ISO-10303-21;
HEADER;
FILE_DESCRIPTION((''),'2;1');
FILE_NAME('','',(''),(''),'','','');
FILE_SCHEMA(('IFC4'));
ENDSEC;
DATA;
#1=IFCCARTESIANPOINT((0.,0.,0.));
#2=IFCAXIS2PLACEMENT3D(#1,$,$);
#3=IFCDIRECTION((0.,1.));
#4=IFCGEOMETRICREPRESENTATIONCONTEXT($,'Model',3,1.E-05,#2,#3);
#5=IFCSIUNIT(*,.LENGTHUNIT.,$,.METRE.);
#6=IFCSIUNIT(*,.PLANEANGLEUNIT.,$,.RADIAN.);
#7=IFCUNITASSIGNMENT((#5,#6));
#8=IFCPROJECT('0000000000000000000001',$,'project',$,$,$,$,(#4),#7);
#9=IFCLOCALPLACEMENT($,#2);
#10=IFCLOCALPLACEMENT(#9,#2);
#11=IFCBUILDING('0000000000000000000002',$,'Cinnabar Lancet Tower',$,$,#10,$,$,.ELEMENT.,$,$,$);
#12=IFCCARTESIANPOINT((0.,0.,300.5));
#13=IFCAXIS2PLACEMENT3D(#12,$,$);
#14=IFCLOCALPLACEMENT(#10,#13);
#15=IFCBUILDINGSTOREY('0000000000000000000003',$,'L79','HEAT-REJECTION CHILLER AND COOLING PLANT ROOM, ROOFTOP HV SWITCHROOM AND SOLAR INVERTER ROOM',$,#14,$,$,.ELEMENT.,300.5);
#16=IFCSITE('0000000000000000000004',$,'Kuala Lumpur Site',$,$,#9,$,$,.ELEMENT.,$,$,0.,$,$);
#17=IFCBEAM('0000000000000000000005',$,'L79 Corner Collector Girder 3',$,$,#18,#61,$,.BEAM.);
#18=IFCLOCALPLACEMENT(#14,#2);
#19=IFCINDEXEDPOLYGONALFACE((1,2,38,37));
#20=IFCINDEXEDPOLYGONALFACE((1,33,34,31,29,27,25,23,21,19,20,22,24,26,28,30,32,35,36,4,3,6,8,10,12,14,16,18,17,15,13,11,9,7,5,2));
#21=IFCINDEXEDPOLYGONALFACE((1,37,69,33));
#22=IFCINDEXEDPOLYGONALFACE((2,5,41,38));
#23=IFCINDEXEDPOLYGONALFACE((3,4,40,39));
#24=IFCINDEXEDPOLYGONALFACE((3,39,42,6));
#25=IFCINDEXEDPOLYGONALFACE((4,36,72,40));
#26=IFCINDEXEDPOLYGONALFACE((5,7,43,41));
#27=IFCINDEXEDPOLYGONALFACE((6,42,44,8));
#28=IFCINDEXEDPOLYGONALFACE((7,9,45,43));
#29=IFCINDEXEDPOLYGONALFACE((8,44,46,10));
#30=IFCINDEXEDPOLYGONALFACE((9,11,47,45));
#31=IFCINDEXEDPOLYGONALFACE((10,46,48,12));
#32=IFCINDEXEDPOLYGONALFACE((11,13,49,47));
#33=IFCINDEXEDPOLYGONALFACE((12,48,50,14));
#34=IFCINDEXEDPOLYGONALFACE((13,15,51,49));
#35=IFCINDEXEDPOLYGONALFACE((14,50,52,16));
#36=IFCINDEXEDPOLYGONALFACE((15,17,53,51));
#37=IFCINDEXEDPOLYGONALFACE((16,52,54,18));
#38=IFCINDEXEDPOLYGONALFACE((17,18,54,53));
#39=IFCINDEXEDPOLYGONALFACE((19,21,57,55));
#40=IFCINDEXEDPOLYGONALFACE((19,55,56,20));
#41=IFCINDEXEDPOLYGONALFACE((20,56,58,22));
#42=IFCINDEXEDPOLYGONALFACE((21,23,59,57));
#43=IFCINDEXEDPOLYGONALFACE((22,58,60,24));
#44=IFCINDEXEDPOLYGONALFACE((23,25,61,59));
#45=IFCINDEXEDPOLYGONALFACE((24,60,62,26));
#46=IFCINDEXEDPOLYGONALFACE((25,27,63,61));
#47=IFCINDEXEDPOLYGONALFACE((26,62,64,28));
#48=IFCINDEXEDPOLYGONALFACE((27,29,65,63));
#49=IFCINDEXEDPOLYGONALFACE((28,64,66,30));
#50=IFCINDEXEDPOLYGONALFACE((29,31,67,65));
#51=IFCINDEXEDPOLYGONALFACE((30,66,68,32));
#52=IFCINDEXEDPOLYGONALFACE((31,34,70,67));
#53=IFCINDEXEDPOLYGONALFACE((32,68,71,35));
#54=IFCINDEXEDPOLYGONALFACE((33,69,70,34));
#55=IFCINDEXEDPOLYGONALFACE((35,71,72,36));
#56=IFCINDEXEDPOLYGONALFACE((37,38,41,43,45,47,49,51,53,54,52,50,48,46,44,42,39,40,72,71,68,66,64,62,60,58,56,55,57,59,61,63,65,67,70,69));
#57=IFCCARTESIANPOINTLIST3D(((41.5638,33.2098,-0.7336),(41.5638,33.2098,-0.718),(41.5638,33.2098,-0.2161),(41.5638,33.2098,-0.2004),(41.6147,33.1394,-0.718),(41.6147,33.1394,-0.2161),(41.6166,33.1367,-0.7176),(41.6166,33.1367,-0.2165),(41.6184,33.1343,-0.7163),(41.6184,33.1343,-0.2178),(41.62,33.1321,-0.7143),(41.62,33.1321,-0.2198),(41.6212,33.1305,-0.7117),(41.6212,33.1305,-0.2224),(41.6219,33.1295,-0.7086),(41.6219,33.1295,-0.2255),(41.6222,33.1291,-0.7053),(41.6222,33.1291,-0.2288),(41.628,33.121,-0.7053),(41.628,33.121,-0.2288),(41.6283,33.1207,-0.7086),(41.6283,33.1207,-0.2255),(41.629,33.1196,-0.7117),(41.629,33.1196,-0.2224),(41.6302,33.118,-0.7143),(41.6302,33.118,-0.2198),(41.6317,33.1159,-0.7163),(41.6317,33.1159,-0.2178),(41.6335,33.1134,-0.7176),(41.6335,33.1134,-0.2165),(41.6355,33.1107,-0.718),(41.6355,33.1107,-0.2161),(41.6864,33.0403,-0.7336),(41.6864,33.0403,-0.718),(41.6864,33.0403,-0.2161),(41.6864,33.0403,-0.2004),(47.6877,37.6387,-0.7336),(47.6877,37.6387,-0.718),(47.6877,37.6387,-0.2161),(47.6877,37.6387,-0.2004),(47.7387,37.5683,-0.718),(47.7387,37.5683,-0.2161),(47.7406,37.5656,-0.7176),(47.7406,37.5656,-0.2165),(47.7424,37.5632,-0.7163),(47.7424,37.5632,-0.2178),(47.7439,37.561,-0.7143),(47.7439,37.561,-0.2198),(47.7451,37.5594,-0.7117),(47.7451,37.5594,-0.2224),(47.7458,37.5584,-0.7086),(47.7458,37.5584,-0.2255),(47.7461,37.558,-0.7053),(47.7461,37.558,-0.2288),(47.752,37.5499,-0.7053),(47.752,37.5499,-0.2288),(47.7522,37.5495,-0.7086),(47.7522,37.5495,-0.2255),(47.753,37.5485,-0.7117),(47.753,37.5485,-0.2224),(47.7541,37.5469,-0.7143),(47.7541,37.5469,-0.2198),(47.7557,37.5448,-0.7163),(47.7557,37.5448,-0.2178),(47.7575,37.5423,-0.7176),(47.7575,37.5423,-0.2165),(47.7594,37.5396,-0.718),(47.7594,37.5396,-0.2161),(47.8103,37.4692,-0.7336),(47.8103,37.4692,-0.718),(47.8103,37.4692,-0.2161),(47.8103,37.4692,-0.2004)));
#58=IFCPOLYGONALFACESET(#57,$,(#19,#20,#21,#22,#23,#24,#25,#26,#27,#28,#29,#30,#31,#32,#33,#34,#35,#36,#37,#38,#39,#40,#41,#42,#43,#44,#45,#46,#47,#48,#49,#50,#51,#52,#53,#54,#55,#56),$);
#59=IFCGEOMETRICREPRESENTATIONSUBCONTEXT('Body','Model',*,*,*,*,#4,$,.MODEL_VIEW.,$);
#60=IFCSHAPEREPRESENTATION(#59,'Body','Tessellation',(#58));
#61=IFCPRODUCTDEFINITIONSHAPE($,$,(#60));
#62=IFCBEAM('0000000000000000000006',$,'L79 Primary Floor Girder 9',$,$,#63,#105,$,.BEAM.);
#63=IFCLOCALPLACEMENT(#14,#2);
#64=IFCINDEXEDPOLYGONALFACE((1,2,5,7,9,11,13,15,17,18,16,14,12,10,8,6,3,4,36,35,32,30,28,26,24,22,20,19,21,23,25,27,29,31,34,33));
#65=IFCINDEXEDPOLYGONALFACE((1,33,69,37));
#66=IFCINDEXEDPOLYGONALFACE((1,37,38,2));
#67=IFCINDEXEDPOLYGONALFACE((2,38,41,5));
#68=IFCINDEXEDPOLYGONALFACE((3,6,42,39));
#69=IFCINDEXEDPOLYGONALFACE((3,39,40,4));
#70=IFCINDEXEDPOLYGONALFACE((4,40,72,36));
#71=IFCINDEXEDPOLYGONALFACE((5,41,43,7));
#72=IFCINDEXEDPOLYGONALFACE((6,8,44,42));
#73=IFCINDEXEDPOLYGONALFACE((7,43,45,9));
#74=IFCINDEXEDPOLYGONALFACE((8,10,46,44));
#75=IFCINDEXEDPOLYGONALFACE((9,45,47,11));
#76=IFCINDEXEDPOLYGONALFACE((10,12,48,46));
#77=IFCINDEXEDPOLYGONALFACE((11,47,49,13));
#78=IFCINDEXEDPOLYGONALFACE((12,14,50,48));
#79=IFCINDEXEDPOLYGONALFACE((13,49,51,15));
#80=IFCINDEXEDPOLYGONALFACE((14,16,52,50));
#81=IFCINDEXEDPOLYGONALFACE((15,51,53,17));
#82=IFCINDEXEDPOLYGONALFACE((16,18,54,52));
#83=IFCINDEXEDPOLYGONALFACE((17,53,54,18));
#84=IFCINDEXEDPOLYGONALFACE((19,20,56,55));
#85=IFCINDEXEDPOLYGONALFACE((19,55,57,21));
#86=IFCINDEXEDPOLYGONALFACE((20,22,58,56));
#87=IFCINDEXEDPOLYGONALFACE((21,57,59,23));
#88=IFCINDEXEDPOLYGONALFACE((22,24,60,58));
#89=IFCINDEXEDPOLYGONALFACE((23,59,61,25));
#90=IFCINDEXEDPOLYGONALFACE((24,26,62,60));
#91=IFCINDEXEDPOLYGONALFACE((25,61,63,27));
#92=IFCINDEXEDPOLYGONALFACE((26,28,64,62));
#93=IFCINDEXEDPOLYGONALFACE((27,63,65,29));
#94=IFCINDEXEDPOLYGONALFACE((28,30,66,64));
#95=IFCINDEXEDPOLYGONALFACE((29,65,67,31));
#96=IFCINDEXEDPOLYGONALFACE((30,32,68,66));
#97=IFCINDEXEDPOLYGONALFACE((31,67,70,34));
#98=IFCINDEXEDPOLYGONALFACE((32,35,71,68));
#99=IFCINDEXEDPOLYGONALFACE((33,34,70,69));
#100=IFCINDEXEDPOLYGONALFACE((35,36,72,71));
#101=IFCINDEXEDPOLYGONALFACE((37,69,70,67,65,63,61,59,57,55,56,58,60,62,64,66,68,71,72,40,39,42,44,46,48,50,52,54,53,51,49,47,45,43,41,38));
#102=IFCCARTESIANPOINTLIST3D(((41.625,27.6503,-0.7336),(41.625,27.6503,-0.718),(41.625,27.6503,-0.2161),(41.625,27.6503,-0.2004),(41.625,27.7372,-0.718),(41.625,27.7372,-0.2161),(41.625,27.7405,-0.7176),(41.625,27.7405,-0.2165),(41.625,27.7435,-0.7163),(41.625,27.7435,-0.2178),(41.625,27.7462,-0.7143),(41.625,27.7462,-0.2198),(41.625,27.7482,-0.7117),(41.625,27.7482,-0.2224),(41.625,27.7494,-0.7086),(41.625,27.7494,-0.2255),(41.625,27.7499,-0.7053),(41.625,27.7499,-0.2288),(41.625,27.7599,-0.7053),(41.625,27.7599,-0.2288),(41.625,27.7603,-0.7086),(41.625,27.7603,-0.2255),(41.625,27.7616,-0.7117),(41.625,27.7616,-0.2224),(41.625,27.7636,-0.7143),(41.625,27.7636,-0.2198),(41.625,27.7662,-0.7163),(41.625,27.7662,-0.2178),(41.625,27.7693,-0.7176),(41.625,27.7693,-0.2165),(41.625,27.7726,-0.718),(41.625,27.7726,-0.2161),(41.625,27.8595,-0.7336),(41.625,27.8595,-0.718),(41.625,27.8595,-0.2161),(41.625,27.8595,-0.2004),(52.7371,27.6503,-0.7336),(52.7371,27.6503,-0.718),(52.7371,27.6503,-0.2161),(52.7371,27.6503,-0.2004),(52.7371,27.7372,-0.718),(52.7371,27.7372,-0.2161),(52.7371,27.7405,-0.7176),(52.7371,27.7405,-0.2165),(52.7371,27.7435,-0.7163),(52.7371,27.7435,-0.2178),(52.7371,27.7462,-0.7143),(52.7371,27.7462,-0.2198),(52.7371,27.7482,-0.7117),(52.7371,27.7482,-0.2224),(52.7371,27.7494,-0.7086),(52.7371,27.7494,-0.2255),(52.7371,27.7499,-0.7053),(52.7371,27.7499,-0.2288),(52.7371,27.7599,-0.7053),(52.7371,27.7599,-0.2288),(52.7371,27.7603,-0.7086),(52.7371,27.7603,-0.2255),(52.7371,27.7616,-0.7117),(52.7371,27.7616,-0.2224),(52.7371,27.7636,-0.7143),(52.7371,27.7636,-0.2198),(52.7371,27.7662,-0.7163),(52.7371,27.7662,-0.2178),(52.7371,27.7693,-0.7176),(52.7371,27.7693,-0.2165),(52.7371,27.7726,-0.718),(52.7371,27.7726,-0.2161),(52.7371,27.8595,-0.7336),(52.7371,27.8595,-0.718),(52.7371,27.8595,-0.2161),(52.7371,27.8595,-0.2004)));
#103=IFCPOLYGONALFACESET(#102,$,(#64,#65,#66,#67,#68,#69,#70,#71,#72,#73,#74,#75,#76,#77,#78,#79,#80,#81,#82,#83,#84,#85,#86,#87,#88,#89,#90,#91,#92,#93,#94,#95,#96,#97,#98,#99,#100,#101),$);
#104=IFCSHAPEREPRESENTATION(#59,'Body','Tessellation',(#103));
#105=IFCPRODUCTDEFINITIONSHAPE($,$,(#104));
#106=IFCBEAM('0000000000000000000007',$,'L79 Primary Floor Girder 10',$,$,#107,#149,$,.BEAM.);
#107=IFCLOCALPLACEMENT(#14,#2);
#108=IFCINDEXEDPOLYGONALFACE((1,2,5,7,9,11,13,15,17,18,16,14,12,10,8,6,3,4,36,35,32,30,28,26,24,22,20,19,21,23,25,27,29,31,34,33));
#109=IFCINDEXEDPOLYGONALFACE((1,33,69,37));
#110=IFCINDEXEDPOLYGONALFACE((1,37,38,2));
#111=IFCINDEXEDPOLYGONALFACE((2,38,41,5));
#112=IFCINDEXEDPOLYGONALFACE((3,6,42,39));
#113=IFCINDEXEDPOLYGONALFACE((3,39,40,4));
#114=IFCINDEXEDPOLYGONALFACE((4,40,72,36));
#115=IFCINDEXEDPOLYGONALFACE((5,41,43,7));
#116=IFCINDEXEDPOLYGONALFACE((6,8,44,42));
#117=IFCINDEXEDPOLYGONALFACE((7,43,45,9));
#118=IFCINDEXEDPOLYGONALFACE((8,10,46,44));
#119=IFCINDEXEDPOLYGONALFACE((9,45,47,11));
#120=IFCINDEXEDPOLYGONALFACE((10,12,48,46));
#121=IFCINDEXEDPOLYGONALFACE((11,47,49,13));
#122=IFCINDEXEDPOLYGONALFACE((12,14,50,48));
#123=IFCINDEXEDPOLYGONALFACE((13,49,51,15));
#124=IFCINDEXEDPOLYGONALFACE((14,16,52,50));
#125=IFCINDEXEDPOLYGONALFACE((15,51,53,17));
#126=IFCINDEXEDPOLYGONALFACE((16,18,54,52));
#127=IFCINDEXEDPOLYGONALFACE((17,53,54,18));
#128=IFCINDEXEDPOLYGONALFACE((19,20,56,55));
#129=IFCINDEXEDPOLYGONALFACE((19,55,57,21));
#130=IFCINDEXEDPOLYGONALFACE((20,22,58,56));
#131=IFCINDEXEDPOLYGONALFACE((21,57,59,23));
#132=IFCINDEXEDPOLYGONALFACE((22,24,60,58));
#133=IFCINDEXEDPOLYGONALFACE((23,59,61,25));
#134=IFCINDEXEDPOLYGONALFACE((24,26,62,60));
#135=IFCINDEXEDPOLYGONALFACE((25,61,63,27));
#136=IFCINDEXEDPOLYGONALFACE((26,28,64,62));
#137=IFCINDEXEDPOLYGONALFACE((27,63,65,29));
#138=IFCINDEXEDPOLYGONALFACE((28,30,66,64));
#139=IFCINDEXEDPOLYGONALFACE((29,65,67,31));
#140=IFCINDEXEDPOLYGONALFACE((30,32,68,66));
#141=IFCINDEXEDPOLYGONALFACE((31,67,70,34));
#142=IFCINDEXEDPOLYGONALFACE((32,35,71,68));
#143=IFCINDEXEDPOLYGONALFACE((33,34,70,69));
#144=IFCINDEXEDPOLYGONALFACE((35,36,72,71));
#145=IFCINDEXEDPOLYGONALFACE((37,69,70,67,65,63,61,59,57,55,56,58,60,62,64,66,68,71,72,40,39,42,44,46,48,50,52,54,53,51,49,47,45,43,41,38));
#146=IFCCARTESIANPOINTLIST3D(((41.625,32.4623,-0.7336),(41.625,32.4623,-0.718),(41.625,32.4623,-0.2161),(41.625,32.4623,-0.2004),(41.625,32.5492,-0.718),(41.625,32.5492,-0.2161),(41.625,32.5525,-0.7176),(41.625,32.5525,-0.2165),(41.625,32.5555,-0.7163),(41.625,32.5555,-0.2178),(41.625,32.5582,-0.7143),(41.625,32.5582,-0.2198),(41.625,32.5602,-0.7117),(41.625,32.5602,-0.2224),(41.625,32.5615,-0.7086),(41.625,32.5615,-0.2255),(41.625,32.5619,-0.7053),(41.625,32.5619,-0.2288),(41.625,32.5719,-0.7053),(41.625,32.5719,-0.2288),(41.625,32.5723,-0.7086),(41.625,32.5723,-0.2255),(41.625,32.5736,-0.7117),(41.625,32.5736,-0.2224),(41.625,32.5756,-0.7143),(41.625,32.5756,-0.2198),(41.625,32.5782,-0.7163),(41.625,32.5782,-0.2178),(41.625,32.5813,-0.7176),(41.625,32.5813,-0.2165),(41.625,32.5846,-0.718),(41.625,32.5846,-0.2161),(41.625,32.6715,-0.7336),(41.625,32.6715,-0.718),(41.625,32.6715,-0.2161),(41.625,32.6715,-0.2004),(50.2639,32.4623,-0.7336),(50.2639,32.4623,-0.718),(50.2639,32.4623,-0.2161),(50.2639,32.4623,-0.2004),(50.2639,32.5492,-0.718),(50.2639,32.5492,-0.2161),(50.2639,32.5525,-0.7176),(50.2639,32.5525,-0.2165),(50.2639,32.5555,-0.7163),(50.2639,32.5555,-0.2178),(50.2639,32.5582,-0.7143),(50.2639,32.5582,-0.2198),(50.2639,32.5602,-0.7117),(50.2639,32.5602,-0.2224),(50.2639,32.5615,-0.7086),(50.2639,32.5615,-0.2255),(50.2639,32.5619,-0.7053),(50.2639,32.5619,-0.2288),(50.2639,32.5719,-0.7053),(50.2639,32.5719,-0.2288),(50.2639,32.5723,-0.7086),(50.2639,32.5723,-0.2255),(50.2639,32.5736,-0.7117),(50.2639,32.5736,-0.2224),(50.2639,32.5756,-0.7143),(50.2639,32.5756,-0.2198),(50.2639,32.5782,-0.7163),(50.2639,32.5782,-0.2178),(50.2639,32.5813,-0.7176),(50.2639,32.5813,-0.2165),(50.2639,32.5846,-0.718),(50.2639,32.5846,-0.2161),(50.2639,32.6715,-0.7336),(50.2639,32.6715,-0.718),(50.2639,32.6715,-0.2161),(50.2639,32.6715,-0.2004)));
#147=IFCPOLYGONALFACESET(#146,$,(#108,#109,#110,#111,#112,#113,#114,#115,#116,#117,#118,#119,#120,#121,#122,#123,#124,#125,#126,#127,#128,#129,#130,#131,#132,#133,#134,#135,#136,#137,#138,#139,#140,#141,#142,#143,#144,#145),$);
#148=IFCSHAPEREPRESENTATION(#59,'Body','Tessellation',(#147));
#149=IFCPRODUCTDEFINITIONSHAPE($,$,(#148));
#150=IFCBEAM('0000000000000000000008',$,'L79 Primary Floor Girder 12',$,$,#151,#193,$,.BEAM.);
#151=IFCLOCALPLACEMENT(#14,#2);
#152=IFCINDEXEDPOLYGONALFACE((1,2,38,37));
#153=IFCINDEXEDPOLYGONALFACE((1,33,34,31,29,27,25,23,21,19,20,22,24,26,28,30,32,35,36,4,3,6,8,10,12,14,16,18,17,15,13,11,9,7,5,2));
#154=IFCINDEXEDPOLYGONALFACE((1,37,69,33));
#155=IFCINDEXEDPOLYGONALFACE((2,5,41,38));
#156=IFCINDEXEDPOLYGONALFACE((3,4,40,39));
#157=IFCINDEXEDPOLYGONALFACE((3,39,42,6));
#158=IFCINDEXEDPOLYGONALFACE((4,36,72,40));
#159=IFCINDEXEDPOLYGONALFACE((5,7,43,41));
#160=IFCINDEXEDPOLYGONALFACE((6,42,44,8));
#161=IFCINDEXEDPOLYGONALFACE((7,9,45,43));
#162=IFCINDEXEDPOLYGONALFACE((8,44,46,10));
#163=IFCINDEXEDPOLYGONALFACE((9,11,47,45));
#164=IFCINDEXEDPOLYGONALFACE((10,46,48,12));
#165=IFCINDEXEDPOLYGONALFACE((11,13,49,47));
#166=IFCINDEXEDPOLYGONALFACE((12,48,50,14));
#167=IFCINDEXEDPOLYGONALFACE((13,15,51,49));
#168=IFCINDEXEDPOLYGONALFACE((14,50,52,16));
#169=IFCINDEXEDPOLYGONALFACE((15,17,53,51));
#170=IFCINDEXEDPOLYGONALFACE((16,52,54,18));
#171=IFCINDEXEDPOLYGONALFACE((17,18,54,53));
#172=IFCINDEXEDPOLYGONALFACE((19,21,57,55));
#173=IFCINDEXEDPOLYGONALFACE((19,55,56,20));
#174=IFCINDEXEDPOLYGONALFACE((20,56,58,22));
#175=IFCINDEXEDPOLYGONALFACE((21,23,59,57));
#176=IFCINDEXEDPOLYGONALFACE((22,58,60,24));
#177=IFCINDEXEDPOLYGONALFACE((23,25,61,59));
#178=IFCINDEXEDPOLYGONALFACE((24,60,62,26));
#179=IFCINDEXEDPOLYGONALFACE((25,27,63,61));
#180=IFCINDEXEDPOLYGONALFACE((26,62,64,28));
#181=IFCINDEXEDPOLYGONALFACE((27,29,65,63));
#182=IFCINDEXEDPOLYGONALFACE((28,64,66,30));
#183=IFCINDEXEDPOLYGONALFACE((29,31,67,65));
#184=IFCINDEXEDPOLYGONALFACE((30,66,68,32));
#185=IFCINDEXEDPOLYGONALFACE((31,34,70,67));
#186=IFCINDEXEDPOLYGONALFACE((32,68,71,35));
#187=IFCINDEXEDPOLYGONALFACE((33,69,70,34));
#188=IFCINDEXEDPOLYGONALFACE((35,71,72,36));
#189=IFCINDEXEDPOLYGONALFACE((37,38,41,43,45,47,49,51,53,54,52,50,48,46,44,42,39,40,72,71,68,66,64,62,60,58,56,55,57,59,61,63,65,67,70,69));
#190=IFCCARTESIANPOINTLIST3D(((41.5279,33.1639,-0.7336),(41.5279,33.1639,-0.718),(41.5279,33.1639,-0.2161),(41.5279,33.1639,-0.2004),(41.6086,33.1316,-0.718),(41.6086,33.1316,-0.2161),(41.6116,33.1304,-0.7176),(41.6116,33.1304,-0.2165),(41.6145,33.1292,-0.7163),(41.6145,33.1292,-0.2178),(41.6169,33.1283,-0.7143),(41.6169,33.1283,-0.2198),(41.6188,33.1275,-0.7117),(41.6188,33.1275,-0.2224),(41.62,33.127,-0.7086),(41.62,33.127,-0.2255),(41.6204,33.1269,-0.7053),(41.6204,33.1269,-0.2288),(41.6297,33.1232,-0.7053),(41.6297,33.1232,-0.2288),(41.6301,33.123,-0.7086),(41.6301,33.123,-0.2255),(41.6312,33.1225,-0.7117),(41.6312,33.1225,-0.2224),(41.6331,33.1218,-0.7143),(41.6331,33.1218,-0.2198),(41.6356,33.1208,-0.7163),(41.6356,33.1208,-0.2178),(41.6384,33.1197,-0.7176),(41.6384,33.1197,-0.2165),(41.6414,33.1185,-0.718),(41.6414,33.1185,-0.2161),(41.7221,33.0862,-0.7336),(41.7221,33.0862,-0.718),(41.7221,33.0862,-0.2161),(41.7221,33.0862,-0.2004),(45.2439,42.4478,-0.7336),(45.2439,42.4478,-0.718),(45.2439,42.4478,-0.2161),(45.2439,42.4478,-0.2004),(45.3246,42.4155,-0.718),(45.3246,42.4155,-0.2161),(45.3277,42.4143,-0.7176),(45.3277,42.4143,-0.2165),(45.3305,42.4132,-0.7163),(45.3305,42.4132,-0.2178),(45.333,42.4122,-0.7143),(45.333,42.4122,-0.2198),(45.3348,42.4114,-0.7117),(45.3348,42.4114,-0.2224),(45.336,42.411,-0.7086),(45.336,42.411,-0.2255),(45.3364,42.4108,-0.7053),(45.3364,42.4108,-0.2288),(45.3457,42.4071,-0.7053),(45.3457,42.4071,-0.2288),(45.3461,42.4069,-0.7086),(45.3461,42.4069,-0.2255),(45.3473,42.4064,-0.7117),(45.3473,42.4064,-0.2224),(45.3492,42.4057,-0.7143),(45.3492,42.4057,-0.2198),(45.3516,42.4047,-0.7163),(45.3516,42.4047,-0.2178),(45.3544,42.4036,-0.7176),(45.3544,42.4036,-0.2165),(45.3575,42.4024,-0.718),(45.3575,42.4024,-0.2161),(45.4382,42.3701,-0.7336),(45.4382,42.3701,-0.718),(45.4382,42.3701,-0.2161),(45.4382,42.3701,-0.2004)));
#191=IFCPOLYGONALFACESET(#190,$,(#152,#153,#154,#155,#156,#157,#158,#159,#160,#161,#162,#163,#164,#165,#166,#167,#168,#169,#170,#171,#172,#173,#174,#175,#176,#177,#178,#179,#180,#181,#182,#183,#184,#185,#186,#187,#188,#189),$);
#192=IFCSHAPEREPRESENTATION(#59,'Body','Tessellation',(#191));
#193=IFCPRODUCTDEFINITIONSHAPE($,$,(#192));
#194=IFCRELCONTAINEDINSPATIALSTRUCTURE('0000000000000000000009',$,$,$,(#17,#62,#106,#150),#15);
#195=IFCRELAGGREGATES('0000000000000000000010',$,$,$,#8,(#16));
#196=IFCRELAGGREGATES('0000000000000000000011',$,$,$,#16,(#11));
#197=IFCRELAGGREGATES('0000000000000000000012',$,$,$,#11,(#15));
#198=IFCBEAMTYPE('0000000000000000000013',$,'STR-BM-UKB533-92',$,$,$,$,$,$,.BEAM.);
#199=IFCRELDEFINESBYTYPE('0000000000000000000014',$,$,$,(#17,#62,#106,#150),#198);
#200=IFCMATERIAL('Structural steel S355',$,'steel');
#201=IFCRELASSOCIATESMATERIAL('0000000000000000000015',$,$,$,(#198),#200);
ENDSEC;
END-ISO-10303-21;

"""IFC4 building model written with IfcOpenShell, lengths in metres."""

from ifc_helpers import new_model, si_unit, direction, frame, origin, origin_2d, place, context, subcontext, project, spatial, i_section, extrude, material, material_profile, profile_set, type_object, element, save


model = new_model("IFC4")

# Units and contexts
model_context = context("Model", 3, precision=1e-05, world=origin(), true_north=direction((0.0, 1.0)))
body_context = subcontext(model_context, "Body", "Model", "MODEL_VIEW")
ifc_project = project(units=[si_unit("LENGTHUNIT", "METRE"), si_unit("PLANEANGLEUNIT", "RADIAN")], contexts=[model_context])

# Site, building, storey
site_placement = place(None, origin())
site = spatial("IfcSite", under=ifc_project, at=site_placement, Name="Kuala Lumpur Site", CompositionType="ELEMENT", RefElevation=0.0)
building_placement = place(site_placement, origin())
building = spatial("IfcBuilding", under=site, at=building_placement, Name="Cinnabar Lancet Tower", CompositionType="ELEMENT")
storey_placement = place(building_placement, frame((0.0, 0.0, 300.5)))
storey = spatial("IfcBuildingStorey", under=building, at=storey_placement, Name="L79", Description="HEAT-REJECTION CHILLER AND COOLING PLANT ROOM, ROOFTOP HV SWITCHROOM AND SOLAR INVERTER ROOM", CompositionType="ELEMENT", Elevation=300.5)

# Beams
ifc_material_1 = material(Name="Structural steel S355", Category="steel")
ifc_material_profile_1 = material_profile(ifc_material_1, i_section(OverallWidth=0.2092, OverallDepth=0.5332, WebThickness=0.01, FlangeThickness=0.0156, FilletRadius=0.0127, at=origin_2d()), Name="UKB 533x210x92")
ifc_profile_set_1 = profile_set([ifc_material_profile_1], Name="Structural steel S355")
beam_type_1 = type_object("IfcBeamType", Name="STR-BM-UKB533-92", PredefinedType="BEAM", material=ifc_profile_set_1)
beam_1_placement = place(storey_placement, frame((47.749, 37.554, -0.467), z_axis=(-0.810299, -0.586016, 0.0), x_axis=(0.586016, -0.810299, 0.0)))
element("IfcBeam", 1, at=beam_1_placement, inside=storey, type_object=beam_type_1, Name="L79 Corner Collector Girder 3", PredefinedType="BEAM", context=body_context, shape_type="SweptSolid", body=[
    extrude(i_section(OverallWidth=0.2092, OverallDepth=0.5332, WebThickness=0.01, FlangeThickness=0.0156, FilletRadius=0.0127, at=origin_2d()), origin(), (0.0, 0.0, 1.0), 7.5576),
])
beam_2_placement = place(storey_placement, frame((52.7371, 27.7549, -0.467), z_axis=(-1.0, 0.0, 0.0), x_axis=(0.0, -1.0, 0.0)))
element("IfcBeam", 2, at=beam_2_placement, inside=storey, type_object=beam_type_1, Name="L79 Primary Floor Girder 9", PredefinedType="BEAM", context=body_context, shape_type="SweptSolid", body=[
    extrude(i_section(OverallWidth=0.2092, OverallDepth=0.5332, WebThickness=0.01, FlangeThickness=0.0156, FilletRadius=0.0127, at=origin_2d()), origin(), (0.0, 0.0, 1.0), 11.1121),
])
beam_3_placement = place(storey_placement, frame((50.2639, 32.5669, -0.467), z_axis=(-1.0, 0.0, 0.0), x_axis=(0.0, -1.0, 0.0)))
element("IfcBeam", 3, at=beam_3_placement, inside=storey, type_object=beam_type_1, Name="L79 Primary Floor Girder 10", PredefinedType="BEAM", context=body_context, shape_type="SweptSolid", body=[
    extrude(i_section(OverallWidth=0.2092, OverallDepth=0.5332, WebThickness=0.01, FlangeThickness=0.0156, FilletRadius=0.0127, at=origin_2d()), origin(), (0.0, 0.0, 1.0), 8.6389),
])
beam_4_placement = place(storey_placement, frame((45.3411, 42.4089, -0.467), z_axis=(-0.371605, -0.928391, 0.0), x_axis=(0.928391, -0.371605, 0.0)))
element("IfcBeam", 4, at=beam_4_placement, inside=storey, type_object=beam_type_1, Name="L79 Primary Floor Girder 12", PredefinedType="BEAM", context=body_context, shape_type="SweptSolid", body=[
    extrude(i_section(OverallWidth=0.2092, OverallDepth=0.5332, WebThickness=0.01, FlangeThickness=0.0156, FilletRadius=0.0127, at=origin_2d()), origin(), (0.0, 0.0, 1.0), 10.0),
])

save(model, "model.ifc")
